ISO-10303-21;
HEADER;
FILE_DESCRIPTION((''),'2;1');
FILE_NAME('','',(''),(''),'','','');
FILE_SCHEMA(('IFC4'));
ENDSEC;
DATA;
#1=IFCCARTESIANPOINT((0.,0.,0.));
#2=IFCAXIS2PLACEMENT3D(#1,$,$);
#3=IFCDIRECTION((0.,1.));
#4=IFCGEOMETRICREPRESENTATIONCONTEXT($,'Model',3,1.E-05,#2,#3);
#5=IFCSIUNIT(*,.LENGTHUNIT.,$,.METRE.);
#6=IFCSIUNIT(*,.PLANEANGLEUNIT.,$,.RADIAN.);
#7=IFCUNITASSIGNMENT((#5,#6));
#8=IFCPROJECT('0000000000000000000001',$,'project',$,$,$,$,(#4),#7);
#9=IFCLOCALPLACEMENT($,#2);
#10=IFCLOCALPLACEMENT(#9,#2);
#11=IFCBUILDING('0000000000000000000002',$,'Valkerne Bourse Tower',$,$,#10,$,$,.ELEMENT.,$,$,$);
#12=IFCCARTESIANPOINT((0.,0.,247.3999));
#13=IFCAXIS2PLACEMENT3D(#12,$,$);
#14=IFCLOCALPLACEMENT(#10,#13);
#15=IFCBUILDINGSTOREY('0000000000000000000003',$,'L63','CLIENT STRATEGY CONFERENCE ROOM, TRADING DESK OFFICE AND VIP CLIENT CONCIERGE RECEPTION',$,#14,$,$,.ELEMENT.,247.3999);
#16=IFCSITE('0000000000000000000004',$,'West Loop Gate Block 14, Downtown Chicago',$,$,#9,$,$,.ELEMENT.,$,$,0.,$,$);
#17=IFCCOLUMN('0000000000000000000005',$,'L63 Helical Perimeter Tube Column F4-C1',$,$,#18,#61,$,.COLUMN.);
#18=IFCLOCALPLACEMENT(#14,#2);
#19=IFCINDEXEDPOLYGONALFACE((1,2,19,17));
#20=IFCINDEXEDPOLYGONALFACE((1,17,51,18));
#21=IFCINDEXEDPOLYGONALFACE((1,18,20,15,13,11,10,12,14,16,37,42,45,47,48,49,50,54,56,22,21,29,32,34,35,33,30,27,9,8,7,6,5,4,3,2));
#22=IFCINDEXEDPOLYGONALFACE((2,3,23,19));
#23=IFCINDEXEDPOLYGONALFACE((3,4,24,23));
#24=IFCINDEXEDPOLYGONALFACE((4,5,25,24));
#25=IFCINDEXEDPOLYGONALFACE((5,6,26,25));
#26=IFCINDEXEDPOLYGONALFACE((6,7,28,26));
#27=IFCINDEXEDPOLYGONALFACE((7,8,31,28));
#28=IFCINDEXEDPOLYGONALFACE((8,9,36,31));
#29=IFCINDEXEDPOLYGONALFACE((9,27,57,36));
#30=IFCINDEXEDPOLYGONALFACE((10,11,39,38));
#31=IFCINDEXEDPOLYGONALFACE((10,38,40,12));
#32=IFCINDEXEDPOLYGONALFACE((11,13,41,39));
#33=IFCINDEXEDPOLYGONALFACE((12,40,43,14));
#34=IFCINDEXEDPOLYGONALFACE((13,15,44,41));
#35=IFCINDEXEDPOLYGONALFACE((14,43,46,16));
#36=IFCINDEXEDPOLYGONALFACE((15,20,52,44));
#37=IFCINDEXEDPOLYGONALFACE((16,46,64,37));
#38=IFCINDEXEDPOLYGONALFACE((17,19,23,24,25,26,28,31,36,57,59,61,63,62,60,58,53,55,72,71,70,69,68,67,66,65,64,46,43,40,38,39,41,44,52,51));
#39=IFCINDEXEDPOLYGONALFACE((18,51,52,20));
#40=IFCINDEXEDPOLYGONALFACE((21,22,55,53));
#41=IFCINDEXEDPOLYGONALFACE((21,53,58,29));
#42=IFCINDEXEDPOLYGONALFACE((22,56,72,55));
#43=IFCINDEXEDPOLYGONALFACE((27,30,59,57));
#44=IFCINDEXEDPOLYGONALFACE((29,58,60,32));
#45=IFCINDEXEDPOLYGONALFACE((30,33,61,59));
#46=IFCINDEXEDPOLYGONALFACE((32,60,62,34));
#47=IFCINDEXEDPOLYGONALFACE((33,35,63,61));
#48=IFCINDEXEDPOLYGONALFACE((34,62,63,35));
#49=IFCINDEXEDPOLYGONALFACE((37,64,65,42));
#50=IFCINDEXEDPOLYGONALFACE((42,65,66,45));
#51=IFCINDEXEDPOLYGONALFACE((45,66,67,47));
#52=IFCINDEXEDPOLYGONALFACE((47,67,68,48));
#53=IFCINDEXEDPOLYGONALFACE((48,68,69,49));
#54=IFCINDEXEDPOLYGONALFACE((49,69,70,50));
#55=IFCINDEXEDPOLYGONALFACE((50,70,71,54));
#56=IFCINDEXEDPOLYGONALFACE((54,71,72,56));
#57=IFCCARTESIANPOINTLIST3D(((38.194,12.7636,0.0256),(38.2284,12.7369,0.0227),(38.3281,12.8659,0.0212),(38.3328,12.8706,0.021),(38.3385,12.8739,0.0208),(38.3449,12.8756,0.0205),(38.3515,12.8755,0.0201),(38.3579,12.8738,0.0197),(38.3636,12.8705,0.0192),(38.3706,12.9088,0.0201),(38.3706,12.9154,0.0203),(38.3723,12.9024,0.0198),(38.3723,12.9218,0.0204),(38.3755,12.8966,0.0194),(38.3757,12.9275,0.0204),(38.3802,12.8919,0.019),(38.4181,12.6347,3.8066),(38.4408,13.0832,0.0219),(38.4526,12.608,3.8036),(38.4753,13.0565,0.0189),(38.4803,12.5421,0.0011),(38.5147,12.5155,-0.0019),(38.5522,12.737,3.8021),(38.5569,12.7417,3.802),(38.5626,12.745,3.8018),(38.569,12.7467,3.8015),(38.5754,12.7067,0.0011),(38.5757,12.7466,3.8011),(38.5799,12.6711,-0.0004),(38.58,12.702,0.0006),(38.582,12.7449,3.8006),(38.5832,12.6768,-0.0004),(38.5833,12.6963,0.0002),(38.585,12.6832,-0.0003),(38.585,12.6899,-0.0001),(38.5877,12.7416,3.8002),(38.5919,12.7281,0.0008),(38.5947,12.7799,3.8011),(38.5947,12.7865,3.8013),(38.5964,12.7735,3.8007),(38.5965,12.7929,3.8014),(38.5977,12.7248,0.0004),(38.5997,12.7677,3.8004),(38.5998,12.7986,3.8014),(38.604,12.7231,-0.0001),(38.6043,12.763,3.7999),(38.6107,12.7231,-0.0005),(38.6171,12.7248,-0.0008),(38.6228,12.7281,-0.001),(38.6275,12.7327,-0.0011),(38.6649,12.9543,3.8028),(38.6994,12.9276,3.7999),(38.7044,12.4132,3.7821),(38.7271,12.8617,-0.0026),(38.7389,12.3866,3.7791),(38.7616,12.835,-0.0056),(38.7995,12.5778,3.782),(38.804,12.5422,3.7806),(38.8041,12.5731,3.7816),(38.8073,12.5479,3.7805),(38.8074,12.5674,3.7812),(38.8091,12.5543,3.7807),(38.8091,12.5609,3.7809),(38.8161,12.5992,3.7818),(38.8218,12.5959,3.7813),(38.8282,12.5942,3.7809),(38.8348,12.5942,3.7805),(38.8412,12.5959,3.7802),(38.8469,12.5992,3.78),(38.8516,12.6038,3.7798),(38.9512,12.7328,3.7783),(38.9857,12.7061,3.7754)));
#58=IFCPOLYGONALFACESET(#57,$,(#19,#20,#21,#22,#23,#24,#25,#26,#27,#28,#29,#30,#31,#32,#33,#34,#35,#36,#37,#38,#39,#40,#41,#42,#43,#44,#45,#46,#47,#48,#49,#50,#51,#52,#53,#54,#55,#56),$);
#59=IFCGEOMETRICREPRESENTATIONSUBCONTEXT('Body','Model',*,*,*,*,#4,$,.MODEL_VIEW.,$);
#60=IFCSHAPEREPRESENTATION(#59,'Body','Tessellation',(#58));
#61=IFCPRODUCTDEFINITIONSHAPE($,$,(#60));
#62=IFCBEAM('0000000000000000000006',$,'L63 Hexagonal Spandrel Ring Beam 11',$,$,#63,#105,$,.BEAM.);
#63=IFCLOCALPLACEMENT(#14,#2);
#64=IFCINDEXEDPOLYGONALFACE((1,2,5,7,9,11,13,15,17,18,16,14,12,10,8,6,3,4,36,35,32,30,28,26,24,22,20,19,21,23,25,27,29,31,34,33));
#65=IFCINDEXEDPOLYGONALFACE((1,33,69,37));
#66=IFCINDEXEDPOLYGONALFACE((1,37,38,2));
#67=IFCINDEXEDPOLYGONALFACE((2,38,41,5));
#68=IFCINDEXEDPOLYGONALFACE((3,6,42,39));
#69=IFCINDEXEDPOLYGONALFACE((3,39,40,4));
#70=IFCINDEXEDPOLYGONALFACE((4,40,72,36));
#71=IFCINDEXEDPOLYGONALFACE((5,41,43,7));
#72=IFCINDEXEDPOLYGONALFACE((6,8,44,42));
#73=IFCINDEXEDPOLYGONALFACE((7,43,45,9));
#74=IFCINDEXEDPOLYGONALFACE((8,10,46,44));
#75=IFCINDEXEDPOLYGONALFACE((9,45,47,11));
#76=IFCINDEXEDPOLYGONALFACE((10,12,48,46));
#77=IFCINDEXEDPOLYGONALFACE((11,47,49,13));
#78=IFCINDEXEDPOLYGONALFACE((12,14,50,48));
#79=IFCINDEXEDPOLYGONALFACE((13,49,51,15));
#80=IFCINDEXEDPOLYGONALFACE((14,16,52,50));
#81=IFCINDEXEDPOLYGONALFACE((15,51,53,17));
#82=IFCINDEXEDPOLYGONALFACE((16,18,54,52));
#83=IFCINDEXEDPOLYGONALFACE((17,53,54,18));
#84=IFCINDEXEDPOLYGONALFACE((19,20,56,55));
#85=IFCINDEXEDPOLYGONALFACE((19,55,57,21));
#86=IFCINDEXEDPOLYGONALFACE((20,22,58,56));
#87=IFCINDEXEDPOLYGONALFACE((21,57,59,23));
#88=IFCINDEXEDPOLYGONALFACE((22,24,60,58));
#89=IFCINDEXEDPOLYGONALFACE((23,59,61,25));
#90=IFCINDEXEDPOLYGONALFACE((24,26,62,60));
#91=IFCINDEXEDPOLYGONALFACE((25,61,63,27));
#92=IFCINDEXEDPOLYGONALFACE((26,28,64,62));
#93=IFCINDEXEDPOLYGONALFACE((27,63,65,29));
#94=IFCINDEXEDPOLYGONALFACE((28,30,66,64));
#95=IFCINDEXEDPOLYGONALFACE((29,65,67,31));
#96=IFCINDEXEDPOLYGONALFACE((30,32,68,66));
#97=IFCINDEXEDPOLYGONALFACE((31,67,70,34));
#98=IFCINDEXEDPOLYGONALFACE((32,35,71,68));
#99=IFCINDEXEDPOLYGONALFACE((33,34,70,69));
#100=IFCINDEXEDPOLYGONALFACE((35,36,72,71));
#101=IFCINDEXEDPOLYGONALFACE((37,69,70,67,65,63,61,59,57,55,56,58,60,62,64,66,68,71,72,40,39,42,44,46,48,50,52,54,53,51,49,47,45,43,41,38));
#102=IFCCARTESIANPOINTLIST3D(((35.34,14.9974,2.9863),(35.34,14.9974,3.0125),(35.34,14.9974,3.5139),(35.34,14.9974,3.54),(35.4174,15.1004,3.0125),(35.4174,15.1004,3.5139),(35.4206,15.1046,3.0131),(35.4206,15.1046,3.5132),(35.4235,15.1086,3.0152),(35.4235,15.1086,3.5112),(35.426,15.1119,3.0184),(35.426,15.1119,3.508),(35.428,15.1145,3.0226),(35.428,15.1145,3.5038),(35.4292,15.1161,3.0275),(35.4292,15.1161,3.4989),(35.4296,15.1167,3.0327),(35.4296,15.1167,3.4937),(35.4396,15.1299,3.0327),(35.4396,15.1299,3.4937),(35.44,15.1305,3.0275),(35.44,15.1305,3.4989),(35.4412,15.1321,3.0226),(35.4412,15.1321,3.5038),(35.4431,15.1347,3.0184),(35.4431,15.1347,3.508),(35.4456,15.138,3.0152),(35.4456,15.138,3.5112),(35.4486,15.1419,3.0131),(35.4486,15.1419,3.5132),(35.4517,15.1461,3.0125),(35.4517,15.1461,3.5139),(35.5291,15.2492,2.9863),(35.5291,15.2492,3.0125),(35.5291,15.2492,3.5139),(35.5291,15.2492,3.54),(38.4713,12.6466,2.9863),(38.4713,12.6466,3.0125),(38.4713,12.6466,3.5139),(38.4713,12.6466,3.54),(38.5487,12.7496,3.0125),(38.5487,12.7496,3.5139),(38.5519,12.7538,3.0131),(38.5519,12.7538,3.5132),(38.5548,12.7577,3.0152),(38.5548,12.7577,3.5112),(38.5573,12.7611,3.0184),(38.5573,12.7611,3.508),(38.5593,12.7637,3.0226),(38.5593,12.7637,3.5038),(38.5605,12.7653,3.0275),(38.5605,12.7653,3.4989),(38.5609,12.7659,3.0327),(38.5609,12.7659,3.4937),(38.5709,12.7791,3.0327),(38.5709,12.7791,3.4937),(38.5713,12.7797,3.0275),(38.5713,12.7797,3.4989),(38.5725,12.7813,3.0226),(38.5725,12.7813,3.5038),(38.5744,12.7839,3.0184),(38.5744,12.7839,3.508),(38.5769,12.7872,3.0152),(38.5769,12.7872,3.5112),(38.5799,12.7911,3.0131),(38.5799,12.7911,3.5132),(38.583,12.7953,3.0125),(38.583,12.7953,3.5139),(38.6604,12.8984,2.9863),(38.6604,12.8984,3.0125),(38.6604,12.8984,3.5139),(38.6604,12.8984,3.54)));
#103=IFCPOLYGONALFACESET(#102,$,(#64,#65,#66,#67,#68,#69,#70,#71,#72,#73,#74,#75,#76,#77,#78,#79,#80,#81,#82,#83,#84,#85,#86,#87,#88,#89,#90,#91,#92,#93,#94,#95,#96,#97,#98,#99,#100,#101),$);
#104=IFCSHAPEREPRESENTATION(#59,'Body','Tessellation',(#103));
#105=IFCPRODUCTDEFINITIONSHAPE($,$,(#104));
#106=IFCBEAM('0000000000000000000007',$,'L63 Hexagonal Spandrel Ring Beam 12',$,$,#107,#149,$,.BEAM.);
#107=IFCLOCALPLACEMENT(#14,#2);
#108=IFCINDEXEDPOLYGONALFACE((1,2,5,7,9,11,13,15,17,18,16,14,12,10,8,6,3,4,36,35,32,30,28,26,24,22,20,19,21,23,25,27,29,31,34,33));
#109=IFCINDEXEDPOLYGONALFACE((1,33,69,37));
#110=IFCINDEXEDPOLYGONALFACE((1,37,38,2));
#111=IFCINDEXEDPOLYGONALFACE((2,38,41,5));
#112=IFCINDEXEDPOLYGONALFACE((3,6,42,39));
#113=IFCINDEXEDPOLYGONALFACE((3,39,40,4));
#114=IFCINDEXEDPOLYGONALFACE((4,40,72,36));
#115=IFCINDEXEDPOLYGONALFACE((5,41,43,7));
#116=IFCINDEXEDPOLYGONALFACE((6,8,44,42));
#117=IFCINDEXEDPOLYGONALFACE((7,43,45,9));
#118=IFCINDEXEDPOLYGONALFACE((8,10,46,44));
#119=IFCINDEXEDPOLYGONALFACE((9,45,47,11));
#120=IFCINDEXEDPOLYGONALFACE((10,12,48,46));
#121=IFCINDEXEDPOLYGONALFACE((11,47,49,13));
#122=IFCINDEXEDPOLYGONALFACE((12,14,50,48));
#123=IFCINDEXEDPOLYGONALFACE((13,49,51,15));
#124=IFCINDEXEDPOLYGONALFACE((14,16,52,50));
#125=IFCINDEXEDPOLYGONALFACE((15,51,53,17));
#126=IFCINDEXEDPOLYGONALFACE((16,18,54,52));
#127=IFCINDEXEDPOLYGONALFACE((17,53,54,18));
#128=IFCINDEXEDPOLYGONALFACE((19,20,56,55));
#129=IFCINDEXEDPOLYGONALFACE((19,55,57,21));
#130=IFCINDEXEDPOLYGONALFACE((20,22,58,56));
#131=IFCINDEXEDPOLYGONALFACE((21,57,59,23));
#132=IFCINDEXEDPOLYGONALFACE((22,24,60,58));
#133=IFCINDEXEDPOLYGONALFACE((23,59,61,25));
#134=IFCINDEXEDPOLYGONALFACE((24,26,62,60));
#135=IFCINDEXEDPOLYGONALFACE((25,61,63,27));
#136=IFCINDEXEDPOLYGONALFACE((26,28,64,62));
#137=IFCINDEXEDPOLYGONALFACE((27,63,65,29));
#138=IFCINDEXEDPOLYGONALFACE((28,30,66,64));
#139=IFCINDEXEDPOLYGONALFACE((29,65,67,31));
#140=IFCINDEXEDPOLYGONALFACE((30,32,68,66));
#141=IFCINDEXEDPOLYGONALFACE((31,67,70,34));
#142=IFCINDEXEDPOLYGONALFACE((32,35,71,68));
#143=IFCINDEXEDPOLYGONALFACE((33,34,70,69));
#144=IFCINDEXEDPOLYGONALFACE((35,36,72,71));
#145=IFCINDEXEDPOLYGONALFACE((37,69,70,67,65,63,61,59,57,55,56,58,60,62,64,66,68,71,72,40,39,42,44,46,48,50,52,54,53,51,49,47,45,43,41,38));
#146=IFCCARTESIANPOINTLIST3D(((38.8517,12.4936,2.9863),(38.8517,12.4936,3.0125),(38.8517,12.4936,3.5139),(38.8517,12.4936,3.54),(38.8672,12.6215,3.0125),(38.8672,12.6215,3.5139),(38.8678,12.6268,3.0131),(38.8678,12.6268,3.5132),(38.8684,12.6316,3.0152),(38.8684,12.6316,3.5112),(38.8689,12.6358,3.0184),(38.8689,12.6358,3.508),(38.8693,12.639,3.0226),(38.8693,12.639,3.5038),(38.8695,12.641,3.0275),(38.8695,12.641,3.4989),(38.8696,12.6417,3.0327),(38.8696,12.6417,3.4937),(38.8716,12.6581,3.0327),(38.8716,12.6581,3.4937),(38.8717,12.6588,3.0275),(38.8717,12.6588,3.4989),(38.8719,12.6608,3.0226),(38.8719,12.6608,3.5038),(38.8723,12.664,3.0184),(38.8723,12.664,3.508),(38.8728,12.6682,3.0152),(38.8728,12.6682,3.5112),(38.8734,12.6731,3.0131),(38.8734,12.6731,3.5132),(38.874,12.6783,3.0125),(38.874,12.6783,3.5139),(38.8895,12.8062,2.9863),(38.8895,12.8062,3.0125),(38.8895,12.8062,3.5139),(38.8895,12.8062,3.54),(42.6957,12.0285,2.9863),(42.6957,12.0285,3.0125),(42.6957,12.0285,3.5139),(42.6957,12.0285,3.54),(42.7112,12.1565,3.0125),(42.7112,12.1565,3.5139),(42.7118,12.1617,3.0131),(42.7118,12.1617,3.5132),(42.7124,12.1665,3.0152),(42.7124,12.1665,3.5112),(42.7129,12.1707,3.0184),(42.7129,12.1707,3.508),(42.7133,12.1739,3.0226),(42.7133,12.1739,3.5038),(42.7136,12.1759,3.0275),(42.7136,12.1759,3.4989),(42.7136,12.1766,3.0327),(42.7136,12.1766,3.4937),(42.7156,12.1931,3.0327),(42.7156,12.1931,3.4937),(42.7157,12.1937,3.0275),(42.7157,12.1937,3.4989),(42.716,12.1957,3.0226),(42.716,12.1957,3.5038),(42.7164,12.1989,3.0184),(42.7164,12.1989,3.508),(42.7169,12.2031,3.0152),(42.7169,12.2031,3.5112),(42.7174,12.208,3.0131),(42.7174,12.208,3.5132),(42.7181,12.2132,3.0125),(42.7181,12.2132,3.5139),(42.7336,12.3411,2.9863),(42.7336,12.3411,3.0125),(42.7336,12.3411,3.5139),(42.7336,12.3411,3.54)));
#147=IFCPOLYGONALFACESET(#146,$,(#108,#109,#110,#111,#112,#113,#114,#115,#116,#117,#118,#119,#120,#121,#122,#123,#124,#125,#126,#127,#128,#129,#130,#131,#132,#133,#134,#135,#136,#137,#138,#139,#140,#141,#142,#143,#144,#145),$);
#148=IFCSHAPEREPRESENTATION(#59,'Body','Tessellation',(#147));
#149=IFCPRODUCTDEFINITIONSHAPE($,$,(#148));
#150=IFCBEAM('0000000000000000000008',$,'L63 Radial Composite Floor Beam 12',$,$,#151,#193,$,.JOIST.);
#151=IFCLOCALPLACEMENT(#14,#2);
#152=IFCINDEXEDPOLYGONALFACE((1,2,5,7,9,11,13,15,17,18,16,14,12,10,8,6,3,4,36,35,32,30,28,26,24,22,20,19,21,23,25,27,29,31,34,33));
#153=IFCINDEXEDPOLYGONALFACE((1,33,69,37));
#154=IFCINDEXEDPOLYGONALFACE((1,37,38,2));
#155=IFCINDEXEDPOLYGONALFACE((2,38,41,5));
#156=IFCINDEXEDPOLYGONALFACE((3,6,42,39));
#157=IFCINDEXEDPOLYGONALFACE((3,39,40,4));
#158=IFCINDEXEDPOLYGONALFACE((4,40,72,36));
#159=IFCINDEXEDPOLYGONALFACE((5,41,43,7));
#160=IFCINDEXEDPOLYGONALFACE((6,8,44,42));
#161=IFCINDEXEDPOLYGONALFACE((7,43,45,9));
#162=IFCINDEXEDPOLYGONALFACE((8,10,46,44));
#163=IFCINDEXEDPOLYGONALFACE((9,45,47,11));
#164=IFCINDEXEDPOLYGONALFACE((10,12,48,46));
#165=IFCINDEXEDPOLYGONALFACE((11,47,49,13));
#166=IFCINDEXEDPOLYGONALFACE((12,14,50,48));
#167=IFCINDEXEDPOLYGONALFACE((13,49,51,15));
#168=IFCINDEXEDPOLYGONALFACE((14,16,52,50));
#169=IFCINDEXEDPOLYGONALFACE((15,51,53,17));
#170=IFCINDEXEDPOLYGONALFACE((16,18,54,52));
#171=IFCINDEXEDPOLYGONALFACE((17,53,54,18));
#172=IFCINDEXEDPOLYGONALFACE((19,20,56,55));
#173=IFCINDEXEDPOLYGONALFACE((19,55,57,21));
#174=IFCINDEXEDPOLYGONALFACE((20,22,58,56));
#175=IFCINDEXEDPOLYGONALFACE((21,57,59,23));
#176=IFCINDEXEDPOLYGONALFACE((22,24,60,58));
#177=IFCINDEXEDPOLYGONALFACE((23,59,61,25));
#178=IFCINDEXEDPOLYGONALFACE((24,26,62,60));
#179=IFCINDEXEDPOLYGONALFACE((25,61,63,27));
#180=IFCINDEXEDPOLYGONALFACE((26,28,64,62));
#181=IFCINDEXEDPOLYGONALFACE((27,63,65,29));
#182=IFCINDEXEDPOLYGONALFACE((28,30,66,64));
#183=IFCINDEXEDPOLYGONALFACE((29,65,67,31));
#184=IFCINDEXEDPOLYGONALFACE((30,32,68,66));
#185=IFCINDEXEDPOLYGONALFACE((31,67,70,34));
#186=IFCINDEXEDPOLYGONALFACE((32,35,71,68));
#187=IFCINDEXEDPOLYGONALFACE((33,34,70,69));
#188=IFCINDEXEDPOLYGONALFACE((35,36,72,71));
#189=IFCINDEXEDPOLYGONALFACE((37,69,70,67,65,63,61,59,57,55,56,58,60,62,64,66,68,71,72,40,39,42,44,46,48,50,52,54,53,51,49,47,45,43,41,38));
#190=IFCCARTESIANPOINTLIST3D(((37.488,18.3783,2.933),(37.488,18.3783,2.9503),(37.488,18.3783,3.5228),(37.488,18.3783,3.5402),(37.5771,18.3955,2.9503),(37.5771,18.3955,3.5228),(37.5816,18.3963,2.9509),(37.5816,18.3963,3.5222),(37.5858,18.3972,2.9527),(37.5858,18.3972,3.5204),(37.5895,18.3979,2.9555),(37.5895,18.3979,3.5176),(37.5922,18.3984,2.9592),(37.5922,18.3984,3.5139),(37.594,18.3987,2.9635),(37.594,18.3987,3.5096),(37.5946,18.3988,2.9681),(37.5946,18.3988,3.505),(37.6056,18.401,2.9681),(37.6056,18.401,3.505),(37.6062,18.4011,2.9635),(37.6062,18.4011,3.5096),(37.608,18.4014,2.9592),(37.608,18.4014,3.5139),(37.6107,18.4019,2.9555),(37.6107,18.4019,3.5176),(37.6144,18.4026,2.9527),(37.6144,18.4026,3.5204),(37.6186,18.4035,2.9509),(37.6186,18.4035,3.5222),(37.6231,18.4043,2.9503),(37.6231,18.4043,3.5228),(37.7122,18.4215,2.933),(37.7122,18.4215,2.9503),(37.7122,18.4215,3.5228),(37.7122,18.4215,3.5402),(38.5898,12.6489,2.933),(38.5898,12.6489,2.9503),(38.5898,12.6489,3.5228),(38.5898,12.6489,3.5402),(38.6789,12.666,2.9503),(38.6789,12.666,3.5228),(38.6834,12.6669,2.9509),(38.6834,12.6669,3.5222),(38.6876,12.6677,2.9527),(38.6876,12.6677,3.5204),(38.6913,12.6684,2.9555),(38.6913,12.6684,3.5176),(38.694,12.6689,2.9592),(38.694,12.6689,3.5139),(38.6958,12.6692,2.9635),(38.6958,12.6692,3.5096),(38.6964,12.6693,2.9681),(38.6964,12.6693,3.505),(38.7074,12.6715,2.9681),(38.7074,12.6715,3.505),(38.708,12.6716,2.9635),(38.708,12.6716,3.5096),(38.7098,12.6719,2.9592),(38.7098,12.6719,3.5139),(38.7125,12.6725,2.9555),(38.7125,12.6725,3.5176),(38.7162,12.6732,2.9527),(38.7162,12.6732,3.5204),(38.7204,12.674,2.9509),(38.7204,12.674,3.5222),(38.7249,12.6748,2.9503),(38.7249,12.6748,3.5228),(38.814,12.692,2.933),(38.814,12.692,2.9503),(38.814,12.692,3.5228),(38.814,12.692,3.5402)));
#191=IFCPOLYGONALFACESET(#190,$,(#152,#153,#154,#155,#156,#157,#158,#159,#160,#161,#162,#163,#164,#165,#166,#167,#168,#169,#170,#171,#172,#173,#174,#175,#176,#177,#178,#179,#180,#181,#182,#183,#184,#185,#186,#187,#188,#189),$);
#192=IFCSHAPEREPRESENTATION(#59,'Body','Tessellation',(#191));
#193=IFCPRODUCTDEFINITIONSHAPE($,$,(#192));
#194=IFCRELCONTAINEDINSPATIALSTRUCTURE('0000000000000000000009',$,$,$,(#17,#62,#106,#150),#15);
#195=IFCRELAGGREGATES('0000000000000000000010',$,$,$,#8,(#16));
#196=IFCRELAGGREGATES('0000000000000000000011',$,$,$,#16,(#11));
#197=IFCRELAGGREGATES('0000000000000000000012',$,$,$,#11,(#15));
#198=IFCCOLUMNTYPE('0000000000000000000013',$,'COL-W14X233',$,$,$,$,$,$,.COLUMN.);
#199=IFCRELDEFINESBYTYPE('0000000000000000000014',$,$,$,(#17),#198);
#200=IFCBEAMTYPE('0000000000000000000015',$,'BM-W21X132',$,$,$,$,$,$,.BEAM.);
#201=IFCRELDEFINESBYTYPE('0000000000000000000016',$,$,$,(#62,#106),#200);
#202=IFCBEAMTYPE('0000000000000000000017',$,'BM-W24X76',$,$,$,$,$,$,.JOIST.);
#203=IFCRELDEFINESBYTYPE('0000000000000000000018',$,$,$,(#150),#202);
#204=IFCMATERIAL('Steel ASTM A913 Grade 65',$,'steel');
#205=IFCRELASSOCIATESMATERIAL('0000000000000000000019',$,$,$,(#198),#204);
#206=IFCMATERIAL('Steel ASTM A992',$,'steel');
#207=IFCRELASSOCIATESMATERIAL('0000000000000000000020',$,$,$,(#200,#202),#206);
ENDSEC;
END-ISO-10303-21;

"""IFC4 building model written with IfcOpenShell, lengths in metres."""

from ifc_helpers import new_model, si_unit, direction, frame, origin, origin_2d, place, context, subcontext, project, spatial, i_section, extrude, material, material_profile, profile_set, type_object, element, save


model = new_model("IFC4")

# Units and contexts
model_context = context("Model", 3, precision=1e-05, world=origin(), true_north=direction((0.0, 1.0)))
body_context = subcontext(model_context, "Body", "Model", "MODEL_VIEW")
ifc_project = project(units=[si_unit("LENGTHUNIT", "METRE"), si_unit("PLANEANGLEUNIT", "RADIAN")], contexts=[model_context])

# Site, building, storey
site_placement = place(None, origin())
site = spatial("IfcSite", under=ifc_project, at=site_placement, Name="West Loop Gate Block 14, Downtown Chicago", CompositionType="ELEMENT", RefElevation=0.0)
building_placement = place(site_placement, origin())
building = spatial("IfcBuilding", under=site, at=building_placement, Name="Valkerne Bourse Tower", CompositionType="ELEMENT")
storey_placement = place(building_placement, frame((0.0, 0.0, 247.3999)))
storey = spatial("IfcBuildingStorey", under=building, at=storey_placement, Name="L63", Description="CLIENT STRATEGY CONFERENCE ROOM, TRADING DESK OFFICE AND VIP CLIENT CONCIERGE RECEPTION", CompositionType="ELEMENT", Elevation=247.3999)

# Column
ifc_material_1 = material(Name="Steel ASTM A913 Grade 65", Category="steel")
ifc_material_profile_1 = material_profile(ifc_material_1, i_section(OverallWidth=0.4038, OverallDepth=0.4065, WebThickness=0.0271, FlangeThickness=0.0437, FilletRadius=0.0254, at=origin_2d()), Name="W14X233")
ifc_profile_set_1 = profile_set([ifc_material_profile_1], Name="Steel ASTM A913 Grade 65")
column_type = type_object("IfcColumnType", Name="COL-W14X233", PredefinedType="COLUMN", material=ifc_profile_set_1)
column_placement = place(storey_placement, frame((38.4778, 12.7993, 0.01), z_axis=(0.059137, -0.034014, 0.99767), x_axis=(0.611335, 0.791318, -0.009259)))
element("IfcColumn", 1, at=column_placement, inside=storey, type_object=column_type, Name="L63 Helical Perimeter Tube Column F4-C1", PredefinedType="COLUMN", context=body_context, shape_type="SweptSolid", body=[
    extrude(i_section(OverallWidth=0.4038, OverallDepth=0.4065, WebThickness=0.0271, FlangeThickness=0.0437, FilletRadius=0.0254, at=origin_2d()), origin(), (0.0, 0.0, 1.0), 3.7898),
])

# Beams
ifc_material_2 = material(Name="Steel ASTM A992", Category="steel")
ifc_material_profile_2 = material_profile(ifc_material_2, i_section(OverallWidth=0.3149, OverallDepth=0.5537, WebThickness=0.0166, FlangeThickness=0.0261, FilletRadius=0.0203, at=origin_2d()), Name="W21X132")
ifc_profile_set_2 = profile_set([ifc_material_profile_2], Name="Steel ASTM A992")
beam_type_1 = type_object("IfcBeamType", Name="BM-W21X132", PredefinedType="BEAM", material=ifc_profile_set_2)
beam_1_placement = place(storey_placement, frame((35.4346, 15.1233, 3.2632), z_axis=(0.799716, -0.600379, 0.0), x_axis=(0.600379, 0.799716, 0.0)))
element("IfcBeam", 2, at=beam_1_placement, inside=storey, type_object=beam_type_1, Name="L63 Hexagonal Spandrel Ring Beam 11", PredefinedType="BEAM", context=body_context, shape_type="SweptSolid", body=[
    extrude(i_section(OverallWidth=0.3149, OverallDepth=0.5537, WebThickness=0.0166, FlangeThickness=0.0261, FilletRadius=0.0203, at=origin_2d()), origin(), (0.0, 0.0, 1.0), 3.9155),
])
beam_2_placement = place(storey_placement, frame((38.8706, 12.6499, 3.2632), z_axis=(0.99276, -0.120115, 0.0), x_axis=(0.120115, 0.99276, 0.0)))
element("IfcBeam", 3, at=beam_2_placement, inside=storey, type_object=beam_type_1, Name="L63 Hexagonal Spandrel Ring Beam 12", PredefinedType="BEAM", context=body_context, shape_type="SweptSolid", body=[
    extrude(i_section(OverallWidth=0.3149, OverallDepth=0.5537, WebThickness=0.0166, FlangeThickness=0.0261, FilletRadius=0.0203, at=origin_2d()), origin(), (0.0, 0.0, 1.0), 3.8721),
])
ifc_material_profile_3 = material_profile(ifc_material_2, i_section(OverallWidth=0.2283, OverallDepth=0.6072, WebThickness=0.0112, FlangeThickness=0.0173, FilletRadius=0.0178, at=origin_2d()), Name="W24X76")
ifc_profile_set_3 = profile_set([ifc_material_profile_3], Name="Steel ASTM A992")
beam_type_2 = type_object("IfcBeamType", Name="BM-W24X76", PredefinedType="JOIST", material=ifc_profile_set_3)
beam_3_placement = place(storey_placement, frame((38.7019, 12.6704, 3.2366), z_axis=(-0.188844, 0.982007, 0.0), x_axis=(-0.982007, -0.188844, 0.0)))
element("IfcBeam", 4, at=beam_3_placement, inside=storey, type_object=beam_type_2, Name="L63 Radial Composite Floor Beam 12", PredefinedType="JOIST", context=body_context, shape_type="SweptSolid", body=[
    extrude(i_section(OverallWidth=0.2283, OverallDepth=0.6072, WebThickness=0.0112, FlangeThickness=0.0173, FilletRadius=0.0178, at=origin_2d()), origin(), (0.0, 0.0, 1.0), 5.8345),
])

save(model, "model.ifc")
